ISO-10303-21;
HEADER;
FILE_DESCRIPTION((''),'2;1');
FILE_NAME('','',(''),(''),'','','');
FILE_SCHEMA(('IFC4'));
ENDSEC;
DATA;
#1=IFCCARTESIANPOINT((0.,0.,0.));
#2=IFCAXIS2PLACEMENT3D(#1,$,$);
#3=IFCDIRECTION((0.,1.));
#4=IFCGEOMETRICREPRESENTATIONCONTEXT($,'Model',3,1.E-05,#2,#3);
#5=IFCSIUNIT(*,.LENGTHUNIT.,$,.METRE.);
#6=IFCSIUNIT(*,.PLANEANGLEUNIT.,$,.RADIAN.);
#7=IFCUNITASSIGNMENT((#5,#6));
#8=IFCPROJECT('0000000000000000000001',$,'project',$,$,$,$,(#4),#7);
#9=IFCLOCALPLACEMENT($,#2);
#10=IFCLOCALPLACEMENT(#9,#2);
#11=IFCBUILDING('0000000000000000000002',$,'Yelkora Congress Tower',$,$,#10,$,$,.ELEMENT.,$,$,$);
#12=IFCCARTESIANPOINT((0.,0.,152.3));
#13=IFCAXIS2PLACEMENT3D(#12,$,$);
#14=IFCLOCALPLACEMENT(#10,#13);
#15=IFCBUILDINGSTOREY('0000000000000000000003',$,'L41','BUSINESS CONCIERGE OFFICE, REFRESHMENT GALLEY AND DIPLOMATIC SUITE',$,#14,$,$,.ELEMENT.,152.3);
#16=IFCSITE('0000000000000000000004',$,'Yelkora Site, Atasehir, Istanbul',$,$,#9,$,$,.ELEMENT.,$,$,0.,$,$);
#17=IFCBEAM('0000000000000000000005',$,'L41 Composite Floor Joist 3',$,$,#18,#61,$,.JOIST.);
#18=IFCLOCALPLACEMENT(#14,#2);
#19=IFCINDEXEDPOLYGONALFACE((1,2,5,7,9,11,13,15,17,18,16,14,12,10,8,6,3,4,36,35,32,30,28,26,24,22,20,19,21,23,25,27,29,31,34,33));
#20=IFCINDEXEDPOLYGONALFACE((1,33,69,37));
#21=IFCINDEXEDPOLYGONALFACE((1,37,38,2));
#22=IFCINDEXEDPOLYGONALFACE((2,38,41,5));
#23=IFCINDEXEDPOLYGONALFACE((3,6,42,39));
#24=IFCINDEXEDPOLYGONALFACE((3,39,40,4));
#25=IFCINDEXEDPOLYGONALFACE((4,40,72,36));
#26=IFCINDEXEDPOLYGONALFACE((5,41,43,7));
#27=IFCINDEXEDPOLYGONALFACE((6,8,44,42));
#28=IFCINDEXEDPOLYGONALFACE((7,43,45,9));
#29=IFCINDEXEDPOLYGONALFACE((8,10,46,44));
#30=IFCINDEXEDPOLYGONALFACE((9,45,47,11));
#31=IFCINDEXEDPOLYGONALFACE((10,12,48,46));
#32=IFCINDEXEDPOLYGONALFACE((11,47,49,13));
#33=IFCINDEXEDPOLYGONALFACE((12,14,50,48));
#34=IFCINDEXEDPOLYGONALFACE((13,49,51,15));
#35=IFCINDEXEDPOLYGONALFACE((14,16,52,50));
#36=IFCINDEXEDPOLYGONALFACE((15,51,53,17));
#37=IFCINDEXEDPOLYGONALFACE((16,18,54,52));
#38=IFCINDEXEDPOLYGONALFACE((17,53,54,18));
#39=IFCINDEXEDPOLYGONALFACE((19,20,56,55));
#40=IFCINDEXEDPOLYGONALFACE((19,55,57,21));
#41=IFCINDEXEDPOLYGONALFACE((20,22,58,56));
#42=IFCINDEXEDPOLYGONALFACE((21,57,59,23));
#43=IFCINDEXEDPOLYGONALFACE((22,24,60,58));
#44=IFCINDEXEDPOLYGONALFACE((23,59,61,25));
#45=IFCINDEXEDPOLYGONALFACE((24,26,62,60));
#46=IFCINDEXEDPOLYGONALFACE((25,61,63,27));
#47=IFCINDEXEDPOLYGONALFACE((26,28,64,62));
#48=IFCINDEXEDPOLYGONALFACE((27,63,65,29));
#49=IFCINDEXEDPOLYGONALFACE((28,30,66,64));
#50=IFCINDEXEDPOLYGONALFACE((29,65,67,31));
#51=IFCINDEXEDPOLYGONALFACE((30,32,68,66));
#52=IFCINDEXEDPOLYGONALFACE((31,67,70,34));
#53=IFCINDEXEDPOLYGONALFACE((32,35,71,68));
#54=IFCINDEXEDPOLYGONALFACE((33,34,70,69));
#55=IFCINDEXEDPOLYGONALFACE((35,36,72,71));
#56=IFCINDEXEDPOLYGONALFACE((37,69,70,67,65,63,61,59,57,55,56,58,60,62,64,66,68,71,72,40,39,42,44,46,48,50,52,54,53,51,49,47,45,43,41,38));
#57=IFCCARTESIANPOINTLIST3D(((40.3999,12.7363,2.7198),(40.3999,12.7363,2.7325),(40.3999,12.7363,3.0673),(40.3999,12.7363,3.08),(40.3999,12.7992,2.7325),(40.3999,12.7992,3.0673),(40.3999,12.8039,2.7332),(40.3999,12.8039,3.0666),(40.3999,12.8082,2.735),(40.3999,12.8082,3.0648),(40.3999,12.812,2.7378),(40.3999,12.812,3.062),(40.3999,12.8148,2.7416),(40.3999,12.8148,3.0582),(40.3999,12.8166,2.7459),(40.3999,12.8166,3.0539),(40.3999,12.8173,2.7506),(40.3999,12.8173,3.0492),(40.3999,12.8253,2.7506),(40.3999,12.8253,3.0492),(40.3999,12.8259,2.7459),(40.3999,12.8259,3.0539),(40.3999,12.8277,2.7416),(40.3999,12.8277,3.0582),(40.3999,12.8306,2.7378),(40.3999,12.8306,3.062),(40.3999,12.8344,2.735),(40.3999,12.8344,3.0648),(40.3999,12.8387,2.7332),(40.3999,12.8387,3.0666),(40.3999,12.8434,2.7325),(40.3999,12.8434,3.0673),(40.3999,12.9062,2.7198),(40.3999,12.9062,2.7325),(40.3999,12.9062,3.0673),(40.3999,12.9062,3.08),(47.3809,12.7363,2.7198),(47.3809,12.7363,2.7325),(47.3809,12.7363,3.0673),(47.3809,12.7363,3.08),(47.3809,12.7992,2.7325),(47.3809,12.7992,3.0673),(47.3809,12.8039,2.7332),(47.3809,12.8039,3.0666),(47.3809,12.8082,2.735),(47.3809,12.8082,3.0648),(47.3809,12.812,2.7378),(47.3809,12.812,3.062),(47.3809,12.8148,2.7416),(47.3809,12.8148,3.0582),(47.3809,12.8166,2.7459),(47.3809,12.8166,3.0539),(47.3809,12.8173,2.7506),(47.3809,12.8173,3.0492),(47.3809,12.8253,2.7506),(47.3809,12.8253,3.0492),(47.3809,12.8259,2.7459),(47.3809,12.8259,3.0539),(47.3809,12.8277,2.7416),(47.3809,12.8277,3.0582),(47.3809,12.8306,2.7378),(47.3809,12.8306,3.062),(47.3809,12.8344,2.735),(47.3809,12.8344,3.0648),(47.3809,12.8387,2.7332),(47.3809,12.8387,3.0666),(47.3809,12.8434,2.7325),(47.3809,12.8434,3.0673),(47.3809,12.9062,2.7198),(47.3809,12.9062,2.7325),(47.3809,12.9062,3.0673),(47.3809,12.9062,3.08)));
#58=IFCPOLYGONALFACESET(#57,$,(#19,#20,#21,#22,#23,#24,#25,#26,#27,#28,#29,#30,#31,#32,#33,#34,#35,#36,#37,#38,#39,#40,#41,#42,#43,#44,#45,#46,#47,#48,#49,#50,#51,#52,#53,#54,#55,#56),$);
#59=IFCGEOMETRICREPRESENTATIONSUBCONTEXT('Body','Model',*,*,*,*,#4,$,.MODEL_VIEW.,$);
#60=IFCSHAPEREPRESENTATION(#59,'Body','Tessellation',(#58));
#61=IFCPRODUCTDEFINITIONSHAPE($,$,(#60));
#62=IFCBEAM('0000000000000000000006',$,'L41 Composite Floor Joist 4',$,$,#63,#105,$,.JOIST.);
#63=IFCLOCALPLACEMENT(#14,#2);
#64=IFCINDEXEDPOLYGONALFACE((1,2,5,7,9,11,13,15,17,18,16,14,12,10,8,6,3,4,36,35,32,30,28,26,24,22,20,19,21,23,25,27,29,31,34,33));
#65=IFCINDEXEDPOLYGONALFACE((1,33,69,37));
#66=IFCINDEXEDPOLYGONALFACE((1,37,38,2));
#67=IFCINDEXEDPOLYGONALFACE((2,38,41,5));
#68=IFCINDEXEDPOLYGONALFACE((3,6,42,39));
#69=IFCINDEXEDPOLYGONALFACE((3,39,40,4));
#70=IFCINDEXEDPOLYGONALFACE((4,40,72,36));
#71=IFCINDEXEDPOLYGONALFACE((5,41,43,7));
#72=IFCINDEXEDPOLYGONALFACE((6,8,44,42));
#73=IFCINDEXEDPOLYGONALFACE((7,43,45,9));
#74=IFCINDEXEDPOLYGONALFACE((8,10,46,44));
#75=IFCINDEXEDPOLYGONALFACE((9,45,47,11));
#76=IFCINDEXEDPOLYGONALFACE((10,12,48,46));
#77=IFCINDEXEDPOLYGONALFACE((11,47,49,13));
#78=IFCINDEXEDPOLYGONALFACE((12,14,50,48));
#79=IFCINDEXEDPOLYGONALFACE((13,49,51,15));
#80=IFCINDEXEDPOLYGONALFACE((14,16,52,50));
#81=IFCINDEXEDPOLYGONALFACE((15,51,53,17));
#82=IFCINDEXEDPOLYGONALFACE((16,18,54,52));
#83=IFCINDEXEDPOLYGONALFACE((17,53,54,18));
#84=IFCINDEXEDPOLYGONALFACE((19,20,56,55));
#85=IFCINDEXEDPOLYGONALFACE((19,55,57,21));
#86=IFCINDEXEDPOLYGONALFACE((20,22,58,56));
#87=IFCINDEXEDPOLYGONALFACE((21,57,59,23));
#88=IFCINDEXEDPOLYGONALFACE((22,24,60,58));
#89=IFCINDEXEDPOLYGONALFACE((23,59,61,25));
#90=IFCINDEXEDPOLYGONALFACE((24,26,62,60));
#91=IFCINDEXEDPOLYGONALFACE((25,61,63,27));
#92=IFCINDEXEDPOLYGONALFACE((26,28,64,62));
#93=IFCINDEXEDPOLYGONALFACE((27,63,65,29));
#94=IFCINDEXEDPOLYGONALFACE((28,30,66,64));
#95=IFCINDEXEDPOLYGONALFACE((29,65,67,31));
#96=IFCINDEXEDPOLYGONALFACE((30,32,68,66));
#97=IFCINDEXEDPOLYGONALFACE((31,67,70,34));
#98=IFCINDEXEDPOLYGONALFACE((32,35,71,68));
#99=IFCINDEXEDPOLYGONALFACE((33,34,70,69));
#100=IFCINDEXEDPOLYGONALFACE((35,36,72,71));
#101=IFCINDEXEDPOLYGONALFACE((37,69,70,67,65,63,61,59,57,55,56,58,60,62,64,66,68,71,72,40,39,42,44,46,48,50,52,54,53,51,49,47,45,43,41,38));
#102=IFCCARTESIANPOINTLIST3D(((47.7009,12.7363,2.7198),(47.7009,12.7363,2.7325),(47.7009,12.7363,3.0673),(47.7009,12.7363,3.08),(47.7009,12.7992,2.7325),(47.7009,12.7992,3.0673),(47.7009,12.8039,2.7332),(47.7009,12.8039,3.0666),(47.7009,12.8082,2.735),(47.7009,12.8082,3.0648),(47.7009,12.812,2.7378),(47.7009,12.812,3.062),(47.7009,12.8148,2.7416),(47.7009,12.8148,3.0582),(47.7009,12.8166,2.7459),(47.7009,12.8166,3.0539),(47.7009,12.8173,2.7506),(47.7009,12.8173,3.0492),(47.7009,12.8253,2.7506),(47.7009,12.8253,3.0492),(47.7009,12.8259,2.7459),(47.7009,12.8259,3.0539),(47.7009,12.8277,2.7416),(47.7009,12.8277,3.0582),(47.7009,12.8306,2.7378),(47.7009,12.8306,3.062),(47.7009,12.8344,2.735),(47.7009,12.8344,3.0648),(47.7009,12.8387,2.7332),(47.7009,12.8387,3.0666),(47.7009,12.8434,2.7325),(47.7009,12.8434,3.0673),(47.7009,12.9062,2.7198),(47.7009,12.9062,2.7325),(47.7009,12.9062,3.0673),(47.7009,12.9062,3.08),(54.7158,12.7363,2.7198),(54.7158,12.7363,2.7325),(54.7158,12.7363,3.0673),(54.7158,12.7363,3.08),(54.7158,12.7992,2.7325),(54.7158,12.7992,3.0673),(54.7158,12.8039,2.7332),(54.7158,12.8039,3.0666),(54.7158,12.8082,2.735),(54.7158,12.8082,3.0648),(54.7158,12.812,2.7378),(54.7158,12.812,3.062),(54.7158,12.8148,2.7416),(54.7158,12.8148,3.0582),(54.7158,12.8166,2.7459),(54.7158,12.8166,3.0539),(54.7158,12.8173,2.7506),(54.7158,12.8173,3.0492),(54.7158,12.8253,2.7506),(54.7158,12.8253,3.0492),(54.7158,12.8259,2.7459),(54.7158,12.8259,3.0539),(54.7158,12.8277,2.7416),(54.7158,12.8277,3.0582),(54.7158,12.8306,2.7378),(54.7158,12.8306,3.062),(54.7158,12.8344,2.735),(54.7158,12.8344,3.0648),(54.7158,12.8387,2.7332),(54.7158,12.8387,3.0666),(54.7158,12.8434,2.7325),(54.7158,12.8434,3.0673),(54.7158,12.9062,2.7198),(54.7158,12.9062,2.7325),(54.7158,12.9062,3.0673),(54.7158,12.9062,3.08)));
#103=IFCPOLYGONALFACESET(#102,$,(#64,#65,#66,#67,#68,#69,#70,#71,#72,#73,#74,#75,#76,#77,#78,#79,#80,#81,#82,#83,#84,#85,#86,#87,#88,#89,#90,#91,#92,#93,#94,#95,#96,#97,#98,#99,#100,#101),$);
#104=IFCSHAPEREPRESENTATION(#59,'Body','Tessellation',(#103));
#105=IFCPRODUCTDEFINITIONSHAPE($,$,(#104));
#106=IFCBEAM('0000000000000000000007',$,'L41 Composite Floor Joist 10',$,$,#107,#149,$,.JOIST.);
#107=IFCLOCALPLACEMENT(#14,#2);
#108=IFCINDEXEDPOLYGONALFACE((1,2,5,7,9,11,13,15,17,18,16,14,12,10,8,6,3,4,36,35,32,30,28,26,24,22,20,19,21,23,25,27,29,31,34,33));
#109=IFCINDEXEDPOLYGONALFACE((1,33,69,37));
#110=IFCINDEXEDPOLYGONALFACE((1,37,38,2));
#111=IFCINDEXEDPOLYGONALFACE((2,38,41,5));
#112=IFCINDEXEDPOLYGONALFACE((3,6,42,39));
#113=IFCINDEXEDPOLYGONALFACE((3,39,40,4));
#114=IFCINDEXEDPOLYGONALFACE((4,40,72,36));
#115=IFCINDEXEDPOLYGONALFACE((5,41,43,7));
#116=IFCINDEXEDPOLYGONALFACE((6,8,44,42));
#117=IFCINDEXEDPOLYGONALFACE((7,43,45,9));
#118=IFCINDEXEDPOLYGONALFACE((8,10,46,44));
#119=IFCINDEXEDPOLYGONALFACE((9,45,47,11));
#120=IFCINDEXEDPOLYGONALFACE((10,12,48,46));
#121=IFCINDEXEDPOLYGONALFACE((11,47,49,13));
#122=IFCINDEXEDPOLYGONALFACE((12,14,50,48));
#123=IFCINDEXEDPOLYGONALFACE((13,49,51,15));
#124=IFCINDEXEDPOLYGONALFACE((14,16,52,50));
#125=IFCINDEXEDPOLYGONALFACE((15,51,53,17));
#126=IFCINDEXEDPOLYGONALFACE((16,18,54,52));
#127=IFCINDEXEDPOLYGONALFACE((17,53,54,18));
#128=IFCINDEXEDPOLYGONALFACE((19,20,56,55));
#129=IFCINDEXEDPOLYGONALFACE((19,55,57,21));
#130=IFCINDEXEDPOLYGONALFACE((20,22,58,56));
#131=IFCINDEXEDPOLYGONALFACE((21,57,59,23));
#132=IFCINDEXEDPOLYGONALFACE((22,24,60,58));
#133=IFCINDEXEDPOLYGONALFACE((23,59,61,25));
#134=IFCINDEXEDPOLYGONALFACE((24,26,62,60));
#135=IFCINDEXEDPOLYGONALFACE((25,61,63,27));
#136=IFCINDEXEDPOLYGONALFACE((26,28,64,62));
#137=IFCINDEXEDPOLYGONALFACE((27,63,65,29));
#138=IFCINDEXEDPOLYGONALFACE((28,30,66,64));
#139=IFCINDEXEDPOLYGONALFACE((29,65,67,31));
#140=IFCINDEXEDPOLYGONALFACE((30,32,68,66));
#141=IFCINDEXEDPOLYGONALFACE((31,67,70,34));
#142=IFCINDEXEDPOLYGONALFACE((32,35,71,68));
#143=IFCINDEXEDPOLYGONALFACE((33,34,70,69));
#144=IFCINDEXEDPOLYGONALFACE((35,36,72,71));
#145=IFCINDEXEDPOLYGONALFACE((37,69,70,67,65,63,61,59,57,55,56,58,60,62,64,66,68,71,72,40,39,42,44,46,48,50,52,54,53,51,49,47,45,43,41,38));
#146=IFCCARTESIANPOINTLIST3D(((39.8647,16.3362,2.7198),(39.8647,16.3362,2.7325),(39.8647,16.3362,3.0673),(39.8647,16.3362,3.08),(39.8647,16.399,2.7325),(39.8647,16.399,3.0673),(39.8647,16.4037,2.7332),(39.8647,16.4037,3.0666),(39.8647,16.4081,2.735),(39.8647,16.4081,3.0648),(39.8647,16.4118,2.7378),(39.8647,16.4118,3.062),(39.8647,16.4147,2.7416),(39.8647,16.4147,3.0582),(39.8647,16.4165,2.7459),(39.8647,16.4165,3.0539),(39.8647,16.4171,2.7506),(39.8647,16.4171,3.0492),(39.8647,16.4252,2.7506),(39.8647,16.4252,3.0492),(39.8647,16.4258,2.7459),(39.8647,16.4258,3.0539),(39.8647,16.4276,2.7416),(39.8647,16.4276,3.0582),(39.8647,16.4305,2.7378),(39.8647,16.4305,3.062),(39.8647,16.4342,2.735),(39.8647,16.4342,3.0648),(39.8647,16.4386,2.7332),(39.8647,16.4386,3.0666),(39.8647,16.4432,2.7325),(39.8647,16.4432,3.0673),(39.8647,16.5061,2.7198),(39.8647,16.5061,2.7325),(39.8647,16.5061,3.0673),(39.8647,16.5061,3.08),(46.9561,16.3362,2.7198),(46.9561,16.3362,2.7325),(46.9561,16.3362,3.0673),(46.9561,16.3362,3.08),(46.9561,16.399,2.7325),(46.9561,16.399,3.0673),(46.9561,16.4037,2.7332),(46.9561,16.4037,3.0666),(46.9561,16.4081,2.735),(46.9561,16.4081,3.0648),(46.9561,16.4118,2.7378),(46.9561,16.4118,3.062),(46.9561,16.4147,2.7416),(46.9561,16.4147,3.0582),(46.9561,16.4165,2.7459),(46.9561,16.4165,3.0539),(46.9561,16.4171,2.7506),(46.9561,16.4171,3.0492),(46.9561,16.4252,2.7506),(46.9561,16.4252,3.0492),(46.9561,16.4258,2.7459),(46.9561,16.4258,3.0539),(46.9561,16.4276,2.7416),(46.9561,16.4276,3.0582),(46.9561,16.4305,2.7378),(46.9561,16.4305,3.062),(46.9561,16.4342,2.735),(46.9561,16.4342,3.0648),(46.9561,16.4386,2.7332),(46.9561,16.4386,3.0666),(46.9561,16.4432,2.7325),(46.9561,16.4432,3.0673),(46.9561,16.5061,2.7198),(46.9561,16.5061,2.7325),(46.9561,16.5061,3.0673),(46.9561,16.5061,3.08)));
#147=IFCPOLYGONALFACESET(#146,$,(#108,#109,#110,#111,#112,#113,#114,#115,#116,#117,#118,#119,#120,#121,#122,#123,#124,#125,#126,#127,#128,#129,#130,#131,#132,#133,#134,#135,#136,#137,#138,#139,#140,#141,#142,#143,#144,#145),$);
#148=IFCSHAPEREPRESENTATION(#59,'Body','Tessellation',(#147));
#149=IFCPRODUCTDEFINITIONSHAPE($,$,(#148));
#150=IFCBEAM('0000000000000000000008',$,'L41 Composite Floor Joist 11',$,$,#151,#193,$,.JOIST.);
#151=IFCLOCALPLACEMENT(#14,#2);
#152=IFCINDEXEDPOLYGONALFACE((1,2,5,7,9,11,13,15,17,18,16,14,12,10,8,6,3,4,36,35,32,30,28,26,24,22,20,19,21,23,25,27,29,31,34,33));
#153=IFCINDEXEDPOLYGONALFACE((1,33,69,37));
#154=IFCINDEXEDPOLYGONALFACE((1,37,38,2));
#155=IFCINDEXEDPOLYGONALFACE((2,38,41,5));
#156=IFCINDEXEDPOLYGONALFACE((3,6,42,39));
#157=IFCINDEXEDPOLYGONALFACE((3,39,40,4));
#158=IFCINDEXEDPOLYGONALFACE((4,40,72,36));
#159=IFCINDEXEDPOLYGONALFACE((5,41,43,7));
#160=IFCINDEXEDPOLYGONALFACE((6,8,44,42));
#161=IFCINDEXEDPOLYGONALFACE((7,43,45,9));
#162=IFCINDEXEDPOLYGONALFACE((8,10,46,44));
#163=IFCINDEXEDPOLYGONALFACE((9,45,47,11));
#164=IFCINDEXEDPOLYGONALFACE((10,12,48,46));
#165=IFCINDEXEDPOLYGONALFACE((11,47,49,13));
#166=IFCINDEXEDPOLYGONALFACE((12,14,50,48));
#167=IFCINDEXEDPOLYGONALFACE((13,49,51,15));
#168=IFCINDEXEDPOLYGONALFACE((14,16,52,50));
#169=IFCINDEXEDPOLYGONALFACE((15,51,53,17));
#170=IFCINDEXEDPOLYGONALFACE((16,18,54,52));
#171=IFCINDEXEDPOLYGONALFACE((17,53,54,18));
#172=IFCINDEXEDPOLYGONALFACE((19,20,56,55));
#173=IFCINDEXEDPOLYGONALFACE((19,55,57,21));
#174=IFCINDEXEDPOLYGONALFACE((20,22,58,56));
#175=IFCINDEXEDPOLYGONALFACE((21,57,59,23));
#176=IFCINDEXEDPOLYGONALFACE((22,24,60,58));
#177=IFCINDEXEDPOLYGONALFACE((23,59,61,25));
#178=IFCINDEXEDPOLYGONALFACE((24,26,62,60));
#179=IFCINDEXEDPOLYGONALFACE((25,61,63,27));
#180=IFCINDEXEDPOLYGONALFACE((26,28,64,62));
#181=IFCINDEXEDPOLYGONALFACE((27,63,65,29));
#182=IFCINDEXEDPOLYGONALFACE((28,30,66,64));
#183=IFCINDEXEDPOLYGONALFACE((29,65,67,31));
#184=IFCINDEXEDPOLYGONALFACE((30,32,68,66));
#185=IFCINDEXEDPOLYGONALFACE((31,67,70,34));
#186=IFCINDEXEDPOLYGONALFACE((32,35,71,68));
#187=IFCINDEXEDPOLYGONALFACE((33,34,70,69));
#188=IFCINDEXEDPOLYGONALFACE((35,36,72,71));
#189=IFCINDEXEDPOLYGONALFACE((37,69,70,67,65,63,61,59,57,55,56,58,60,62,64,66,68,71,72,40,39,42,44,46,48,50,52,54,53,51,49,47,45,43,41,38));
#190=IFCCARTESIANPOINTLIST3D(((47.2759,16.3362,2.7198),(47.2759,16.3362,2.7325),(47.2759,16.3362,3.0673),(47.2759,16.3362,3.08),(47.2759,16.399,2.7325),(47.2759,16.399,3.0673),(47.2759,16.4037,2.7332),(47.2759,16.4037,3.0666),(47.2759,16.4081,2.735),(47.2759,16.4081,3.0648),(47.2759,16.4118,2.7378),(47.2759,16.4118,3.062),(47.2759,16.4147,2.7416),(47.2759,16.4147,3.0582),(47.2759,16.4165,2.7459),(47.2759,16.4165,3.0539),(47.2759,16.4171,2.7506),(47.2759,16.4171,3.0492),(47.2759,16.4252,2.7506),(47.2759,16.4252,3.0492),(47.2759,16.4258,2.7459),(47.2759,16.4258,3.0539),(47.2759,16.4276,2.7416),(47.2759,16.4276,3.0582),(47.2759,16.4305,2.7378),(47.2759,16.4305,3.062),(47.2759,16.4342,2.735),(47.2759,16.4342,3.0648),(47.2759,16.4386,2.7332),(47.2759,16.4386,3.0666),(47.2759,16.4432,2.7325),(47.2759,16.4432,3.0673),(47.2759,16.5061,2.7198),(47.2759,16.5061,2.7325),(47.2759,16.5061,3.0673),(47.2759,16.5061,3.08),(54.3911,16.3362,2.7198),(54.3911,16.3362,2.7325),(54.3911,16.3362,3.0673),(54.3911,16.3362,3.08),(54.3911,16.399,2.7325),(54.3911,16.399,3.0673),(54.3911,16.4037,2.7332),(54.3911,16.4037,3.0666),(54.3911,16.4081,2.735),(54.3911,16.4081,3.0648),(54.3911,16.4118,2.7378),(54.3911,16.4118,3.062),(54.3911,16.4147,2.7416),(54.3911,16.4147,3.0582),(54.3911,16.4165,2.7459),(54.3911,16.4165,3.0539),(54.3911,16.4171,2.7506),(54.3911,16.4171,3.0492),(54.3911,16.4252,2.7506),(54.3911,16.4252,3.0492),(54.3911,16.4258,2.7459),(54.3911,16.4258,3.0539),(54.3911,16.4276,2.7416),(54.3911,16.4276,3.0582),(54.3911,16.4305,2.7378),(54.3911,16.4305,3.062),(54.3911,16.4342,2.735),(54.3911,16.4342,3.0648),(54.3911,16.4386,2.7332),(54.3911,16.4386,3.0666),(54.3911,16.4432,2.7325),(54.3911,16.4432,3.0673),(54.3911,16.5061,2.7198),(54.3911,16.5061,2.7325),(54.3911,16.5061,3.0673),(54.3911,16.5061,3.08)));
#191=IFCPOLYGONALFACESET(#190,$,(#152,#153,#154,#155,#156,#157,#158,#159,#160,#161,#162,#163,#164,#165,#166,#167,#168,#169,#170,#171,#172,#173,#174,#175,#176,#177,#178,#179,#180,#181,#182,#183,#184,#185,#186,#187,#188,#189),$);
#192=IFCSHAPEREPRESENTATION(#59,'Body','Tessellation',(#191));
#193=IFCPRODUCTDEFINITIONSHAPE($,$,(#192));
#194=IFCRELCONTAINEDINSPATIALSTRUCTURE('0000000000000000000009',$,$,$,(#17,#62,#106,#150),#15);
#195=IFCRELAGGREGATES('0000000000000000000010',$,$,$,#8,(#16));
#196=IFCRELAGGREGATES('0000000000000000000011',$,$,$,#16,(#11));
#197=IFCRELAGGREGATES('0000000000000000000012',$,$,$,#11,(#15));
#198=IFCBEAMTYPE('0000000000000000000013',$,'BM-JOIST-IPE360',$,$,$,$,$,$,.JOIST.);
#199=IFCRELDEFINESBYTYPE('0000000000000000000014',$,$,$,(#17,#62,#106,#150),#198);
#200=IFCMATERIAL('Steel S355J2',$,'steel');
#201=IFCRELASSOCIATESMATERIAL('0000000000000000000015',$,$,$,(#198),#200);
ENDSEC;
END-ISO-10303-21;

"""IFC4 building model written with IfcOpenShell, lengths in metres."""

from ifc_helpers import new_model, si_unit, direction, frame, origin, origin_2d, place, context, subcontext, project, spatial, i_section, extrude, material, material_profile, profile_set, type_object, element, save


model = new_model("IFC4")

# Units and contexts
model_context = context("Model", 3, precision=1e-05, world=origin(), true_north=direction((0.0, 1.0)))
body_context = subcontext(model_context, "Body", "Model", "MODEL_VIEW")
ifc_project = project(units=[si_unit("LENGTHUNIT", "METRE"), si_unit("PLANEANGLEUNIT", "RADIAN")], contexts=[model_context])

# Site, building, storey
site_placement = place(None, origin())
site = spatial("IfcSite", under=ifc_project, at=site_placement, Name="Yelkora Site, Atasehir, Istanbul", CompositionType="ELEMENT", RefElevation=0.0)
building_placement = place(site_placement, origin())
building = spatial("IfcBuilding", under=site, at=building_placement, Name="Yelkora Congress Tower", CompositionType="ELEMENT")
storey_placement = place(building_placement, frame((0.0, 0.0, 152.3)))
storey = spatial("IfcBuildingStorey", under=building, at=storey_placement, Name="L41", Description="BUSINESS CONCIERGE OFFICE, REFRESHMENT GALLEY AND DIPLOMATIC SUITE", CompositionType="ELEMENT", Elevation=152.3)

# Beams
ifc_material_1 = material(Name="Steel S355J2", Category="steel")
ifc_material_profile_1 = material_profile(ifc_material_1, i_section(OverallWidth=0.1699, OverallDepth=0.3601, WebThickness=0.0081, FlangeThickness=0.0127, FilletRadius=0.0181, at=origin_2d()), Name="IPE 360")
ifc_profile_set_1 = profile_set([ifc_material_profile_1], Name="Steel S355J2")
beam_type_1 = type_object("IfcBeamType", Name="BM-JOIST-IPE360", PredefinedType="JOIST", material=ifc_profile_set_1)
beam_1_placement = place(storey_placement, frame((40.3999, 12.8213, 2.8999), z_axis=(1.0, 0.0, 0.0), x_axis=(0.0, 1.0, 0.0)))
element("IfcBeam", 1, at=beam_1_placement, inside=storey, type_object=beam_type_1, Name="L41 Composite Floor Joist 3", PredefinedType="JOIST", context=body_context, shape_type="SweptSolid", body=[
    extrude(i_section(OverallWidth=0.1699, OverallDepth=0.3601, WebThickness=0.0081, FlangeThickness=0.0127, FilletRadius=0.0181, at=origin_2d()), origin(), (0.0, 0.0, 1.0), 6.981),
])
beam_2_placement = place(storey_placement, frame((47.7009, 12.8213, 2.8999), z_axis=(1.0, 0.0, 0.0), x_axis=(0.0, 1.0, 0.0)))
element("IfcBeam", 2, at=beam_2_placement, inside=storey, type_object=beam_type_1, Name="L41 Composite Floor Joist 4", PredefinedType="JOIST", context=body_context, shape_type="SweptSolid", body=[
    extrude(i_section(OverallWidth=0.1699, OverallDepth=0.3601, WebThickness=0.0081, FlangeThickness=0.0127, FilletRadius=0.0181, at=origin_2d()), origin(), (0.0, 0.0, 1.0), 7.0149),
])
beam_3_placement = place(storey_placement, frame((39.8647, 16.4211, 2.8999), z_axis=(1.0, 0.0, 0.0), x_axis=(0.0, 1.0, 0.0)))
element("IfcBeam", 3, at=beam_3_placement, inside=storey, type_object=beam_type_1, Name="L41 Composite Floor Joist 10", PredefinedType="JOIST", context=body_context, shape_type="SweptSolid", body=[
    extrude(i_section(OverallWidth=0.1699, OverallDepth=0.3601, WebThickness=0.0081, FlangeThickness=0.0127, FilletRadius=0.0181, at=origin_2d()), origin(), (0.0, 0.0, 1.0), 7.0913),
])
beam_4_placement = place(storey_placement, frame((47.2759, 16.4211, 2.8999), z_axis=(1.0, 0.0, 0.0), x_axis=(0.0, 1.0, 0.0)))
element("IfcBeam", 4, at=beam_4_placement, inside=storey, type_object=beam_type_1, Name="L41 Composite Floor Joist 11", PredefinedType="JOIST", context=body_context, shape_type="SweptSolid", body=[
    extrude(i_section(OverallWidth=0.1699, OverallDepth=0.3601, WebThickness=0.0081, FlangeThickness=0.0127, FilletRadius=0.0181, at=origin_2d()), origin(), (0.0, 0.0, 1.0), 7.1152),
])

save(model, "model.ifc")
